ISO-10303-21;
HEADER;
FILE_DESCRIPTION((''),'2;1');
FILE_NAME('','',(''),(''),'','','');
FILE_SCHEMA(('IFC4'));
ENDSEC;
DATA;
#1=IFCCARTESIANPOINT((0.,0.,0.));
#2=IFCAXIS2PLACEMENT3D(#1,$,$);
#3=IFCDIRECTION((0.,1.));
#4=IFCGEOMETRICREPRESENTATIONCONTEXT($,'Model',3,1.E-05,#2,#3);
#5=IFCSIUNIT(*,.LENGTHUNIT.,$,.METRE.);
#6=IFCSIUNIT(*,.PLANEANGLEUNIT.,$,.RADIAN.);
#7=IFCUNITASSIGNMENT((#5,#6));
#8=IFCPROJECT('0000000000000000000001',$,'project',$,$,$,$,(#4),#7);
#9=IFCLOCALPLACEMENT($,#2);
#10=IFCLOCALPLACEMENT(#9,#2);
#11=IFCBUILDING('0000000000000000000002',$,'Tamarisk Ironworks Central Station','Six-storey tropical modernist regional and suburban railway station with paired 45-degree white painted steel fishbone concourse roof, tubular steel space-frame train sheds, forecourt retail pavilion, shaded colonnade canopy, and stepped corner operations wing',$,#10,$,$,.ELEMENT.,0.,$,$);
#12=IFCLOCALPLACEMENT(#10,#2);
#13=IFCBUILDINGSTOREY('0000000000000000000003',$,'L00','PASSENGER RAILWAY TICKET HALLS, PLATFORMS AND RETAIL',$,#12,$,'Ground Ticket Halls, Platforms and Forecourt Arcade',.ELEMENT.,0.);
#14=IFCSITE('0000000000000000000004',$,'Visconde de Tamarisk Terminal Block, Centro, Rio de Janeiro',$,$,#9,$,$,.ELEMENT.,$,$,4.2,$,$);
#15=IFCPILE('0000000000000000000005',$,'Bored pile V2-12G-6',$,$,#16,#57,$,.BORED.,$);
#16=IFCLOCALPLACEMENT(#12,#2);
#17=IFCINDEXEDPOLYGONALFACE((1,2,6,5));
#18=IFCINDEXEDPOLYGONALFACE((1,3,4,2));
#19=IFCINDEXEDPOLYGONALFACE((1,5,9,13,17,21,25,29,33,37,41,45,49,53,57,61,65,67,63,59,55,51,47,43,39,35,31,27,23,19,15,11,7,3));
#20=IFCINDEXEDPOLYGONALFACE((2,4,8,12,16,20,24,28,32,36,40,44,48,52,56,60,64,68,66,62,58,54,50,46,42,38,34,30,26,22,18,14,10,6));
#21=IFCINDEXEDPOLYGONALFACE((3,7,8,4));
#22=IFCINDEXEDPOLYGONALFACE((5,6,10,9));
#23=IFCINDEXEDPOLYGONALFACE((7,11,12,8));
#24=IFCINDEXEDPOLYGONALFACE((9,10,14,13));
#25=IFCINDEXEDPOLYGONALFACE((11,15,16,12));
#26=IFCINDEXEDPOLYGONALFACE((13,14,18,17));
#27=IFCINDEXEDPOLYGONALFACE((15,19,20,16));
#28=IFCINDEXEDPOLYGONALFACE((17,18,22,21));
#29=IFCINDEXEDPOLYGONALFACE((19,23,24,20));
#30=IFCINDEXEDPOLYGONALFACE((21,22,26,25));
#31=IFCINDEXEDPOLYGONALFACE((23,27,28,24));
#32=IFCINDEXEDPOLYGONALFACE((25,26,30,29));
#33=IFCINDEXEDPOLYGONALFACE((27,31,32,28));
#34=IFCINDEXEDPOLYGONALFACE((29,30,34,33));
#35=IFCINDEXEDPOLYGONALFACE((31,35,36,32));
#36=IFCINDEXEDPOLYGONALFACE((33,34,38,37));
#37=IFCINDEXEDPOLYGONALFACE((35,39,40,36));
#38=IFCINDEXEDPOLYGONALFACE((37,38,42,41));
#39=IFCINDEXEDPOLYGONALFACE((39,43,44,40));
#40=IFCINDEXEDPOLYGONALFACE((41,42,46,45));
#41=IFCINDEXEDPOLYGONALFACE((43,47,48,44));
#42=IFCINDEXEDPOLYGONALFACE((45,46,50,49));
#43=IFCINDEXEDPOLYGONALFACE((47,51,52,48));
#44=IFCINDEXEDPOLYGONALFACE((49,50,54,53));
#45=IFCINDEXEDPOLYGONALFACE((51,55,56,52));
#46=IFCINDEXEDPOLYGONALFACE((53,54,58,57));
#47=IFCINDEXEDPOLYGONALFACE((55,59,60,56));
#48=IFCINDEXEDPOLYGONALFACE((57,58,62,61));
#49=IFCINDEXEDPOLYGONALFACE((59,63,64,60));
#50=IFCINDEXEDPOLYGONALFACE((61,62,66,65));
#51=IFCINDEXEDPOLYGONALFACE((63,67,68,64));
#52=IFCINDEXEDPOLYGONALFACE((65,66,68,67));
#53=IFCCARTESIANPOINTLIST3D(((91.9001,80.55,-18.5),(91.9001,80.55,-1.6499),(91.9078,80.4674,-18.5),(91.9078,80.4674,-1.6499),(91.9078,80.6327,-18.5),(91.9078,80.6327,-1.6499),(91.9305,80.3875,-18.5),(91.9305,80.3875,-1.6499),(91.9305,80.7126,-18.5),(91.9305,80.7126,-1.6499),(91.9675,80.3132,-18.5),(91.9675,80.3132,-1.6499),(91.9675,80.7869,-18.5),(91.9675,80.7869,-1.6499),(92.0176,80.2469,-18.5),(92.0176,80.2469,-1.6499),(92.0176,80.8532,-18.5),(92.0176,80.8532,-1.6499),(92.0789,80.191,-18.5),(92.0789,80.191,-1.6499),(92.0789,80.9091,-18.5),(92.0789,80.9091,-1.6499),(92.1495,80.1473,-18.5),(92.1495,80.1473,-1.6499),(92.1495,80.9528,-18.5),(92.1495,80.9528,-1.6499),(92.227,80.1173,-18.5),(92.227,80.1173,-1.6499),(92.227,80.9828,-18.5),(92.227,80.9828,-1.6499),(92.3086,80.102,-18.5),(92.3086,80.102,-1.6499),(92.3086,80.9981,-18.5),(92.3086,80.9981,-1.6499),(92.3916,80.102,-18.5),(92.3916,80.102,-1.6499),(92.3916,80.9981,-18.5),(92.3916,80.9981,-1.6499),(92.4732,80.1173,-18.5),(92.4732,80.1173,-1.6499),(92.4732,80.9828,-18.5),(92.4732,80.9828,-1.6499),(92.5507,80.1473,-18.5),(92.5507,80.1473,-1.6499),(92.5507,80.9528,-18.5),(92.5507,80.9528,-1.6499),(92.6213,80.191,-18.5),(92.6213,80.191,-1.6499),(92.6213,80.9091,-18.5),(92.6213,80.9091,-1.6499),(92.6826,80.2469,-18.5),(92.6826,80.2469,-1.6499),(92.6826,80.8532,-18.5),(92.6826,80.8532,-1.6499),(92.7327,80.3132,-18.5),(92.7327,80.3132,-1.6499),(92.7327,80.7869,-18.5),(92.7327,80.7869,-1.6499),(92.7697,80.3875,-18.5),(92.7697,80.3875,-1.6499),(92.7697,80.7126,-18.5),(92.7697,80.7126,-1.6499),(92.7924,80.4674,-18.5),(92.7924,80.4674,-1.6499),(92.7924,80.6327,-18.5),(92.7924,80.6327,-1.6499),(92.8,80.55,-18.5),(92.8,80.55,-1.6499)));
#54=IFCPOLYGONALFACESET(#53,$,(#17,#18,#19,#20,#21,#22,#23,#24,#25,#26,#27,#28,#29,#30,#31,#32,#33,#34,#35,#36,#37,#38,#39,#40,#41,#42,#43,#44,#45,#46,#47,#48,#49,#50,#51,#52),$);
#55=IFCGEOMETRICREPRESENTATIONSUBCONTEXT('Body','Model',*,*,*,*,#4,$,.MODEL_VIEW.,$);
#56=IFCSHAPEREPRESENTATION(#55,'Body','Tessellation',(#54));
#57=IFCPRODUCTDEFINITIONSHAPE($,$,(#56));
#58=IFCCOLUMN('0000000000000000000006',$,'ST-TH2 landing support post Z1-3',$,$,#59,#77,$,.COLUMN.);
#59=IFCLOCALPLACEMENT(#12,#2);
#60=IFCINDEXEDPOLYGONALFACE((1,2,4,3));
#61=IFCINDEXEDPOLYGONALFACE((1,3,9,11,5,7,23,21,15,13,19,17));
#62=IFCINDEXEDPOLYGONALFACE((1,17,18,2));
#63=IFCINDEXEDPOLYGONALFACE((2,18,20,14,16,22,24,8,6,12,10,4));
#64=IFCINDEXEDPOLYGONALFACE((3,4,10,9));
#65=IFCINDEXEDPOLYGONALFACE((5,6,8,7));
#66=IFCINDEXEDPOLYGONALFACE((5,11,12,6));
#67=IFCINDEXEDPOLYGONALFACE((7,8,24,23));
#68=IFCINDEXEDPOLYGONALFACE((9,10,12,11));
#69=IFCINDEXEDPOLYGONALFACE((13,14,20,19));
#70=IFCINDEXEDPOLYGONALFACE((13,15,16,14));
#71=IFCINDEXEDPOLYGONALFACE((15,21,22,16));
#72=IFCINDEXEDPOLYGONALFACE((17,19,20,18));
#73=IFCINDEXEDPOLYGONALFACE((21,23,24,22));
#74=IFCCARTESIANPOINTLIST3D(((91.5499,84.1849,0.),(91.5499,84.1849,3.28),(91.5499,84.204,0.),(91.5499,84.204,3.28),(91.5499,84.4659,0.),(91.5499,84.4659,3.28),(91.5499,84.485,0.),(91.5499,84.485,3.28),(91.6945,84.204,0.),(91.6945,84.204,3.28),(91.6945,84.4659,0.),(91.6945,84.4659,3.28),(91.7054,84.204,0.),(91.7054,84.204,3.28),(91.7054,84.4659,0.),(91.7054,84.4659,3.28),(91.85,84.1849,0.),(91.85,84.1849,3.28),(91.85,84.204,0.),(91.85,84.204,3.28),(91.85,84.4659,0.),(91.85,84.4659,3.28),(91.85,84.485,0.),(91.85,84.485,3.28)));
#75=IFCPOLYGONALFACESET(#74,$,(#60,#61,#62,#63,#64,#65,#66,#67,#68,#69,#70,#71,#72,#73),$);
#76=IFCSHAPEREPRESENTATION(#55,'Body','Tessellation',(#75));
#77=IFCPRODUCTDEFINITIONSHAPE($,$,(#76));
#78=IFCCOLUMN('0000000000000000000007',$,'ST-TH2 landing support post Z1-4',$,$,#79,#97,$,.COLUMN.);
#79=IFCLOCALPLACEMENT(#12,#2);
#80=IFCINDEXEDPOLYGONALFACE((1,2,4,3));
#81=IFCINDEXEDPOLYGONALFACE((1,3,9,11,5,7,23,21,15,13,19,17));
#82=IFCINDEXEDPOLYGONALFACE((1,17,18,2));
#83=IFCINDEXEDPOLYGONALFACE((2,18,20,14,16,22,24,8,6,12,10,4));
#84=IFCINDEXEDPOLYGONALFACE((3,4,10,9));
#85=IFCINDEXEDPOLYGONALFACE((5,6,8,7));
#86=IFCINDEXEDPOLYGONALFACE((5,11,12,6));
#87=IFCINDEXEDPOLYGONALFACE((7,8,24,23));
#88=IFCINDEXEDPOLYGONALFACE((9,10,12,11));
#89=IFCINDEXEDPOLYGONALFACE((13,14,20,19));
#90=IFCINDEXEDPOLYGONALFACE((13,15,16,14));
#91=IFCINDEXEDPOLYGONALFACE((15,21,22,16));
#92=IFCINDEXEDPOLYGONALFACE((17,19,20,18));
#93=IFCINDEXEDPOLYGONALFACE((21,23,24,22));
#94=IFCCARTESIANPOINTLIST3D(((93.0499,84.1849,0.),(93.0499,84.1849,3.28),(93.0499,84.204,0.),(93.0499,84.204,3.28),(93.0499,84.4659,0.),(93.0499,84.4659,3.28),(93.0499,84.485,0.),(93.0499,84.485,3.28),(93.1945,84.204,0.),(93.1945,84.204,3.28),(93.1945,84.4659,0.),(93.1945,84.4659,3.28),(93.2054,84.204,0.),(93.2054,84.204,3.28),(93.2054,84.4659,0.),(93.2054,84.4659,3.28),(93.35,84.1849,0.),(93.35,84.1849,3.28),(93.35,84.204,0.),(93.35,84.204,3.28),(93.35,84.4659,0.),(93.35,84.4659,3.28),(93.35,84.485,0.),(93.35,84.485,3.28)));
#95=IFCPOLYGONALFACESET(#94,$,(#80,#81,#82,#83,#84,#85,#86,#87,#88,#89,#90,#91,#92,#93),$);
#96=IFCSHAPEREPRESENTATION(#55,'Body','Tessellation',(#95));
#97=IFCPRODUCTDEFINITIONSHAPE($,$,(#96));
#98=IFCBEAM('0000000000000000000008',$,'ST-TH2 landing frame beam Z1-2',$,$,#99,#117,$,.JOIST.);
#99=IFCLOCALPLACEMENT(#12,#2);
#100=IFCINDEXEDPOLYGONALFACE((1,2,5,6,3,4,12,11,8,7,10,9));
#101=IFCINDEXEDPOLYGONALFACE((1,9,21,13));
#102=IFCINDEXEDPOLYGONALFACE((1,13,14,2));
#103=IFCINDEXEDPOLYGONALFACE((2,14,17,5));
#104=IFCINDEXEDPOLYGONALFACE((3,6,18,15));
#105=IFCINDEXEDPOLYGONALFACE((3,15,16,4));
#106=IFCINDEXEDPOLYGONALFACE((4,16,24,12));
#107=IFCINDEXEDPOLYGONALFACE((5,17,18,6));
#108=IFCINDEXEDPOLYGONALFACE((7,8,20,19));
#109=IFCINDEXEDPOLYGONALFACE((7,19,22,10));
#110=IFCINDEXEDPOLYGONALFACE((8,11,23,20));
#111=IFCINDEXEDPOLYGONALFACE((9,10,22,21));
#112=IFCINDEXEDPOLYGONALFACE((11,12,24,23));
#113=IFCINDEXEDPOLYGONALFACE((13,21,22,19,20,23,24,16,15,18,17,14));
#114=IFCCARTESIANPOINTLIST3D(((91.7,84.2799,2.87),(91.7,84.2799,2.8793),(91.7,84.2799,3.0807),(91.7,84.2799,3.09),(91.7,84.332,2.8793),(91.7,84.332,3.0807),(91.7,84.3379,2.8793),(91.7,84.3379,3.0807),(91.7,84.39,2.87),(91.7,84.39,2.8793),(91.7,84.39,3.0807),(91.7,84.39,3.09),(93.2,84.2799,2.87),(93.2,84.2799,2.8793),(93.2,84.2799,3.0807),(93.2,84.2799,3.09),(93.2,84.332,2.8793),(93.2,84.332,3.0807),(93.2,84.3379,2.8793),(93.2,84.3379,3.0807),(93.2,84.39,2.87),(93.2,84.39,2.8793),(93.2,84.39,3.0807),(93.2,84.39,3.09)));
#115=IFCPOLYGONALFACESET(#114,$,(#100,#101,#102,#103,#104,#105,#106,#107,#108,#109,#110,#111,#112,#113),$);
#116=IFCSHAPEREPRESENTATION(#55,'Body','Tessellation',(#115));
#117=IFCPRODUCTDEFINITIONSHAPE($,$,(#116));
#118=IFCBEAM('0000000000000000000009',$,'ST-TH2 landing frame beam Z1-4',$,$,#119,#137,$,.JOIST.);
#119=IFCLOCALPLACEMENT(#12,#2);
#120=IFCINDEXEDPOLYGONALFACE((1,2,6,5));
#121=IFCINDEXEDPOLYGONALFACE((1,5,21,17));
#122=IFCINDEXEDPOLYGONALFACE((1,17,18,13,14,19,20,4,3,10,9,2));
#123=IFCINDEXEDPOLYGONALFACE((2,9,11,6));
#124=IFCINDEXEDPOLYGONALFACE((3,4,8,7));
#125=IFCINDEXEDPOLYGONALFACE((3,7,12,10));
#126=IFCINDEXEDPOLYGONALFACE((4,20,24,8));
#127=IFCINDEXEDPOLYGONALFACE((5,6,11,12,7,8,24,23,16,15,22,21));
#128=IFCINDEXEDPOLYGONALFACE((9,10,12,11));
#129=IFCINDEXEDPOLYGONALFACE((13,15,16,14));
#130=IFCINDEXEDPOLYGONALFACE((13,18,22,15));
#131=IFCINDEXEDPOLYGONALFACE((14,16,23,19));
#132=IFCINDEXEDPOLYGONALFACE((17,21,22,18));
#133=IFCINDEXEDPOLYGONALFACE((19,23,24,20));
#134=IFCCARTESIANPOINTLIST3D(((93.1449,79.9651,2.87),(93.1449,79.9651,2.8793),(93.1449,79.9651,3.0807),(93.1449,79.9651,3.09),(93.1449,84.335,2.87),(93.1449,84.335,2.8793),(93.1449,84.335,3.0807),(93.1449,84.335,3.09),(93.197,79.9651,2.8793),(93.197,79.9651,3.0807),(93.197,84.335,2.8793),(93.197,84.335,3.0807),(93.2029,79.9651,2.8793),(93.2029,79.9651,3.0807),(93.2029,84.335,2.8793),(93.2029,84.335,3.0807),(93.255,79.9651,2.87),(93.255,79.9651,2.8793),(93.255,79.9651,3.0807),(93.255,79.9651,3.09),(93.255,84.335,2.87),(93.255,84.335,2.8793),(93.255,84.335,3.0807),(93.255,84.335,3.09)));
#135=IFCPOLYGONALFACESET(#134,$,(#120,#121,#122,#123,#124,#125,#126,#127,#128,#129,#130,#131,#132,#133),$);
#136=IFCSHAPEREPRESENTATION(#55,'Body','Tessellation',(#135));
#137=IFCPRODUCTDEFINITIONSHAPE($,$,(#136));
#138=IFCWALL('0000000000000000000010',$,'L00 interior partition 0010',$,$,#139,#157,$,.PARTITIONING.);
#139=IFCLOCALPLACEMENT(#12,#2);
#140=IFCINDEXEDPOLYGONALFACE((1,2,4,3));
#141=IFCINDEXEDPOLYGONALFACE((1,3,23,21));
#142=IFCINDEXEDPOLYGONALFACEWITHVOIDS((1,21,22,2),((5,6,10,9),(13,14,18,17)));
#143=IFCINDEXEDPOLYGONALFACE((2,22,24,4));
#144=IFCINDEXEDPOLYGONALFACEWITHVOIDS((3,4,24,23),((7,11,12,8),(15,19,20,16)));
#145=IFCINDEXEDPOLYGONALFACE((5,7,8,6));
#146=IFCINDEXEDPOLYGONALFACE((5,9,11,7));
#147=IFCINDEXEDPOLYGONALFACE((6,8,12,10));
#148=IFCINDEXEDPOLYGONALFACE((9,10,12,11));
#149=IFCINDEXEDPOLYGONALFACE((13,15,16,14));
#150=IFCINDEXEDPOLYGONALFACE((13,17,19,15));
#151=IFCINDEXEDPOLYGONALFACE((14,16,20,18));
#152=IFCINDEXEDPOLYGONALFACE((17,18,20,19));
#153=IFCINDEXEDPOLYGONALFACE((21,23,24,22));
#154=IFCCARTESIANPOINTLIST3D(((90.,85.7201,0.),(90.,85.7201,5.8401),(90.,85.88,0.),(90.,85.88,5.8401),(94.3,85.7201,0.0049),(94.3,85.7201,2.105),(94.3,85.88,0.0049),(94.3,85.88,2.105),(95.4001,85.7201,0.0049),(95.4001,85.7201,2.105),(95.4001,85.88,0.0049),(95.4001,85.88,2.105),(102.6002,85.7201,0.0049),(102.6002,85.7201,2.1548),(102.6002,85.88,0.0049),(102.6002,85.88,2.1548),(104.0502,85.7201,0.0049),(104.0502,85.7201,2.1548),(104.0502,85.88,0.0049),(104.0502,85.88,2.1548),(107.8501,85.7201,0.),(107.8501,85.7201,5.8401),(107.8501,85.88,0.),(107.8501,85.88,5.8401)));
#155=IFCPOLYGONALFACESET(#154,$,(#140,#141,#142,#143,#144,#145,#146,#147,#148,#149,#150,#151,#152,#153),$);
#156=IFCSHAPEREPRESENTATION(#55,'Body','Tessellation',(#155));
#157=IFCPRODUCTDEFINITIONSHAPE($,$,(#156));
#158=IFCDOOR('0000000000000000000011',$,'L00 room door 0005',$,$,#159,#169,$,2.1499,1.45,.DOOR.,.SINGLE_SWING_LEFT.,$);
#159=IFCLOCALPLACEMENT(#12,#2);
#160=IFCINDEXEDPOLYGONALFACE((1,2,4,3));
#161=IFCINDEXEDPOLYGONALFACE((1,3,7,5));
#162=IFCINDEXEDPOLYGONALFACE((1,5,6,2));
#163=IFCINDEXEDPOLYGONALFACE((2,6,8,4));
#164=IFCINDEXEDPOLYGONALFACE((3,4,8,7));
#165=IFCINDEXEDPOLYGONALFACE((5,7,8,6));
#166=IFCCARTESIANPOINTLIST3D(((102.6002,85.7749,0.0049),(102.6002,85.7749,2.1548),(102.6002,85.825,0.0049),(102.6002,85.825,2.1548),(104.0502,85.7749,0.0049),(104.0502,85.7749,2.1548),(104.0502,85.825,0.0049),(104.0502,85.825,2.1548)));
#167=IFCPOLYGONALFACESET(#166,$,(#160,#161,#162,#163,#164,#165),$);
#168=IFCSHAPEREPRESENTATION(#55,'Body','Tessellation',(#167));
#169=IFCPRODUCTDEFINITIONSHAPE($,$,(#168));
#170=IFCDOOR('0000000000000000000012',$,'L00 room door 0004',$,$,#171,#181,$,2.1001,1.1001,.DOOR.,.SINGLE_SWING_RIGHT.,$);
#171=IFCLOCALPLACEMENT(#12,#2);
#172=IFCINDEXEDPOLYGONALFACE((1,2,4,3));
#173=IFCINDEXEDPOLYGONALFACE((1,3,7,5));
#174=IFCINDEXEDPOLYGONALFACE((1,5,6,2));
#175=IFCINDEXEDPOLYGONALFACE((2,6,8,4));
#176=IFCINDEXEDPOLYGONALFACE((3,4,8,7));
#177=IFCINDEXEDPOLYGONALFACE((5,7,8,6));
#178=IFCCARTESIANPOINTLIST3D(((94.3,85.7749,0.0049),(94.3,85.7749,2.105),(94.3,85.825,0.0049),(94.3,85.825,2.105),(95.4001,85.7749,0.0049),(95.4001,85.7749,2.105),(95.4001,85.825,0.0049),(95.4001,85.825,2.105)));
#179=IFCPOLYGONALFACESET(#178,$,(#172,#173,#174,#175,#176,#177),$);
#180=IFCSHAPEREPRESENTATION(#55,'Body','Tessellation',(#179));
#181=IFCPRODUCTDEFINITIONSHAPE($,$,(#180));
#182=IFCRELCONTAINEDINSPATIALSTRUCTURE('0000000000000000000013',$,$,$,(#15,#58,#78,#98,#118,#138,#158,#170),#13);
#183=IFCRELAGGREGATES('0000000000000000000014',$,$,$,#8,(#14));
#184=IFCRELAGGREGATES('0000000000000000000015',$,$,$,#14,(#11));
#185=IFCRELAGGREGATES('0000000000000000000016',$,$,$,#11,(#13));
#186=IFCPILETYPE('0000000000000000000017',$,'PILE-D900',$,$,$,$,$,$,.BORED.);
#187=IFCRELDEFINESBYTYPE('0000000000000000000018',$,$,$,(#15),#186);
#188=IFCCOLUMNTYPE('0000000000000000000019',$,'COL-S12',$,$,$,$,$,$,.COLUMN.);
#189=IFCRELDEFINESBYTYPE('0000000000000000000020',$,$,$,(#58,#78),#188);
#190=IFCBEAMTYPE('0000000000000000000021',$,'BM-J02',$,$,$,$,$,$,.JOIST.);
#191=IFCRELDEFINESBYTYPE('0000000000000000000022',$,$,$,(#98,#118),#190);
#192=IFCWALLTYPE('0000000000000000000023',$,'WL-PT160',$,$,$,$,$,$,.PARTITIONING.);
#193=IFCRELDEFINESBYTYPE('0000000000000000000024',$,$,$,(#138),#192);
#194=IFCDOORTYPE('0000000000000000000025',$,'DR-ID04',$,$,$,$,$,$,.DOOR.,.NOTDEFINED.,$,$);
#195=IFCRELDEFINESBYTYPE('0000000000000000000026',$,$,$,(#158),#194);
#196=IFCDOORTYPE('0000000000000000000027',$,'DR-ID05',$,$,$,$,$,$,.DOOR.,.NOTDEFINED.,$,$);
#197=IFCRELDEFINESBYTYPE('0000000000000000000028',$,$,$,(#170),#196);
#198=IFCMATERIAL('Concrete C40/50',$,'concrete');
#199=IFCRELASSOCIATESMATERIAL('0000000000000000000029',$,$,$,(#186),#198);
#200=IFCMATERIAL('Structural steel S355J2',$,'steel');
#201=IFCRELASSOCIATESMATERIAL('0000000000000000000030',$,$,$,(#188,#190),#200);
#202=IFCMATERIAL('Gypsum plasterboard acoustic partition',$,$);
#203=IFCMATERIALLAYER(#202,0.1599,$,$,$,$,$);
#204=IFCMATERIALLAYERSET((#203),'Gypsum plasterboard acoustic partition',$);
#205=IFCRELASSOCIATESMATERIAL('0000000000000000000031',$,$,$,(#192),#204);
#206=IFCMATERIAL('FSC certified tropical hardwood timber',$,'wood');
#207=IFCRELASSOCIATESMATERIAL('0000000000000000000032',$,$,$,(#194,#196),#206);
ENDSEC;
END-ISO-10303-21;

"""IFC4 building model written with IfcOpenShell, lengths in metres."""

from ifc_helpers import new_model, si_unit, direction, frame, frame_2d, origin, origin_2d, place, context, subcontext, project, spatial, rectangle, circle, i_section, extrude, material, layer, layer_set, material_profile, profile_set, type_object, element, fill, save


model = new_model("IFC4")

# Units and contexts
model_context = context("Model", 3, precision=1e-05, world=origin(), true_north=direction((0.0, 1.0)))
body_context = subcontext(model_context, "Body", "Model", "MODEL_VIEW")
ifc_project = project(units=[si_unit("LENGTHUNIT", "METRE"), si_unit("PLANEANGLEUNIT", "RADIAN")], contexts=[model_context])

# Site, building, storey
site_placement = place(None, origin())
site = spatial("IfcSite", under=ifc_project, at=site_placement, Name="Visconde de Tamarisk Terminal Block, Centro, Rio de Janeiro", CompositionType="ELEMENT", RefElevation=4.2)
building_placement = place(site_placement, origin())
building = spatial("IfcBuilding", under=site, at=building_placement, Name="Tamarisk Ironworks Central Station", Description="Six-storey tropical modernist regional and suburban railway station with paired 45-degree white painted steel fishbone concourse roof, tubular steel space-frame train sheds, forecourt retail pavilion, shaded colonnade canopy, and stepped corner operations wing", CompositionType="ELEMENT", ElevationOfRefHeight=0.0)
storey_placement = place(building_placement, origin())
storey = spatial("IfcBuildingStorey", under=building, at=storey_placement, Name="L00", Description="PASSENGER RAILWAY TICKET HALLS, PLATFORMS AND RETAIL", LongName="Ground Ticket Halls, Platforms and Forecourt Arcade", CompositionType="ELEMENT", Elevation=0.0)

# Shared definitions
ifc_material_1 = material(Name="Concrete C40/50", Category="concrete")

# Pile
ifc_material_profile_1 = material_profile(ifc_material_1, circle(Radius=0.45, at=origin_2d()), Name="BORED PILE D900")
ifc_profile_set_1 = profile_set([ifc_material_profile_1], Name="Concrete C40/50")
pile_type_1 = type_object("IfcPileType", Name="PILE-D900", PredefinedType="BORED", material=ifc_profile_set_1)
for number, where, z_axis, x_axis, name in (
    (1, (92.3501, 80.55, -1.6499), (0.0, 0.0, -1.0), (1.0, 0.0, 0.0), "Bored pile V2-12G-6"),
):
    element("IfcPile", number, at=place(storey_placement, frame(where, z_axis=z_axis, x_axis=x_axis)), inside=storey, type_object=pile_type_1, Name=name, PredefinedType="BORED", context=body_context, shape_type="SweptSolid", body=[
        extrude(circle(Radius=0.45, at=origin_2d()), origin(), (0.0, 0.0, 1.0), 16.8501),
    ])

# Columns
ifc_material_2 = material(Name="Structural steel S355J2", Category="steel")
ifc_material_profile_2 = material_profile(ifc_material_2, i_section(OverallWidth=0.3, OverallDepth=0.3, WebThickness=0.011, FlangeThickness=0.019, at=origin_2d()), Name="HEB 300")
ifc_profile_set_2 = profile_set([ifc_material_profile_2], Name="Structural steel S355J2")
column_type = type_object("IfcColumnType", Name="COL-S12", PredefinedType="COLUMN", material=ifc_profile_set_2)
for number, where, z_axis, x_axis, name in (
    (2, (91.7, 84.335, 0.0), (0.0, 0.0, 1.0), (1.0, 0.0, 0.0), "ST-TH2 landing support post Z1-3"),
    (3, (93.2, 84.335, 0.0), (0.0, 0.0, 1.0), (1.0, 0.0, 0.0), "ST-TH2 landing support post Z1-4"),
):
    element("IfcColumn", number, at=place(storey_placement, frame(where, z_axis=z_axis, x_axis=x_axis)), inside=storey, type_object=column_type, Name=name, PredefinedType="COLUMN", context=body_context, shape_type="SweptSolid", body=[
        extrude(i_section(OverallWidth=0.3, OverallDepth=0.3, WebThickness=0.011, FlangeThickness=0.019, at=origin_2d()), origin(), (0.0, 0.0, 1.0), 3.28),
    ])

# Beams
ifc_material_profile_3 = material_profile(ifc_material_2, i_section(OverallWidth=0.1101, OverallDepth=0.22, WebThickness=0.0059, FlangeThickness=0.0093, at=origin_2d()), Name="IPE 220")
ifc_profile_set_3 = profile_set([ifc_material_profile_3], Name="Structural steel S355J2")
beam_type = type_object("IfcBeamType", Name="BM-J02", PredefinedType="JOIST", material=ifc_profile_set_3)
beam_1_placement = place(storey_placement, frame((91.7, 84.335, 2.98), z_axis=(1.0, 0.0, 0.0), x_axis=(0.0, 1.0, 0.0)))
element("IfcBeam", 4, at=beam_1_placement, inside=storey, type_object=beam_type, Name="ST-TH2 landing frame beam Z1-2", PredefinedType="JOIST", context=body_context, shape_type="SweptSolid", body=[
    extrude(i_section(OverallWidth=0.1101, OverallDepth=0.22, WebThickness=0.0059, FlangeThickness=0.0093, at=origin_2d()), origin(), (0.0, 0.0, 1.0), 1.5),
])
beam_2_placement = place(storey_placement, frame((93.2, 79.9651, 2.98), z_axis=(0.0, 1.0, 0.0), x_axis=(-1.0, 0.0, 0.0)))
element("IfcBeam", 5, at=beam_2_placement, inside=storey, type_object=beam_type, Name="ST-TH2 landing frame beam Z1-4", PredefinedType="JOIST", context=body_context, shape_type="SweptSolid", body=[
    extrude(i_section(OverallWidth=0.1101, OverallDepth=0.22, WebThickness=0.0059, FlangeThickness=0.0093, at=origin_2d()), origin(), (0.0, 0.0, 1.0), 4.3699),
])

# Wall, openings, doors
ifc_material_3 = material(Name="Gypsum plasterboard acoustic partition")
ifc_layer = layer(ifc_material_3, 0.1599)
ifc_layer_set = layer_set([ifc_layer], Name="Gypsum plasterboard acoustic partition")
wall_type = type_object("IfcWallType", Name="WL-PT160", PredefinedType="PARTITIONING", material=ifc_layer_set)
wall_placement = place(storey_placement, frame((90.0, 85.8, 0.0), z_axis=(0.0, 0.0, 1.0), x_axis=(1.0, 0.0, 0.0)))
wall = element("IfcWall", 6, at=wall_placement, inside=storey, type_object=wall_type, Name="L00 interior partition 0010", PredefinedType="PARTITIONING", context=body_context, shape_type="SweptSolid", body=[
    extrude(rectangle(XDim=17.8501, YDim=0.1599, at=frame_2d((8.925, 0.0))), origin(), (0.0, 0.0, 1.0), 5.8401),
])
opening_1_placement = place(wall_placement, frame((4.3, 0.0, 0.0049)))
opening_1 = element("IfcOpeningElement", 7, at=opening_1_placement, cuts=wall, PredefinedType="OPENING", context=body_context, shape_type="SweptSolid", body=[
    extrude(rectangle(XDim=1.1001, YDim=2.1001, at=frame_2d((0.55, 1.05))), frame((0.0, 0.0918, 0.0), z_axis=(0.0, -1.0, 0.0), x_axis=(1.0, 0.0, 0.0)), (0.0, 0.0, 1.0), 0.1838),
])
opening_2_placement = place(wall_placement, frame((12.6001, 0.0, 0.0049)))
opening_2 = element("IfcOpeningElement", 8, at=opening_2_placement, cuts=wall, PredefinedType="OPENING", context=body_context, shape_type="SweptSolid", body=[
    extrude(rectangle(XDim=1.45, YDim=2.1499, at=frame_2d((0.7251, 1.075))), frame((0.0, 0.0918, 0.0), z_axis=(0.0, -1.0, 0.0), x_axis=(1.0, 0.0, 0.0)), (0.0, 0.0, 1.0), 0.1838),
])
ifc_material_4 = material(Name="FSC certified tropical hardwood timber", Category="wood")
door_type_1 = type_object("IfcDoorType", Name="DR-ID04", OperationType="NOTDEFINED", PredefinedType="DOOR", material=ifc_material_4)
door_1_placement = place(opening_2_placement, origin())
door_1 = element("IfcDoor", 9, at=door_1_placement, inside=storey, type_object=door_type_1, Name="L00 room door 0005", OperationType="SINGLE_SWING_LEFT", OverallHeight=2.1499, OverallWidth=1.45, PredefinedType="DOOR", context=body_context, shape_type="SweptSolid", body=[
    extrude(rectangle(XDim=1.45, YDim=2.1499, at=frame_2d((0.7251, 1.075))), frame((0.0, 0.0249, 0.0), z_axis=(0.0, -1.0, 0.0), x_axis=(1.0, 0.0, 0.0)), (0.0, 0.0, 1.0), 0.05),
])
fill(opening_2, door_1)
door_type_2 = type_object("IfcDoorType", Name="DR-ID05", OperationType="NOTDEFINED", PredefinedType="DOOR", material=ifc_material_4)
door_2_placement = place(opening_1_placement, origin())
door_2 = element("IfcDoor", 10, at=door_2_placement, inside=storey, type_object=door_type_2, Name="L00 room door 0004", OperationType="SINGLE_SWING_RIGHT", OverallHeight=2.1001, OverallWidth=1.1001, PredefinedType="DOOR", context=body_context, shape_type="SweptSolid", body=[
    extrude(rectangle(XDim=1.1001, YDim=2.1001, at=frame_2d((0.55, 1.05))), frame((0.0, 0.0249, 0.0), z_axis=(0.0, -1.0, 0.0), x_axis=(1.0, 0.0, 0.0)), (0.0, 0.0, 1.0), 0.05),
])
fill(opening_1, door_2)

save(model, "model.ifc")
